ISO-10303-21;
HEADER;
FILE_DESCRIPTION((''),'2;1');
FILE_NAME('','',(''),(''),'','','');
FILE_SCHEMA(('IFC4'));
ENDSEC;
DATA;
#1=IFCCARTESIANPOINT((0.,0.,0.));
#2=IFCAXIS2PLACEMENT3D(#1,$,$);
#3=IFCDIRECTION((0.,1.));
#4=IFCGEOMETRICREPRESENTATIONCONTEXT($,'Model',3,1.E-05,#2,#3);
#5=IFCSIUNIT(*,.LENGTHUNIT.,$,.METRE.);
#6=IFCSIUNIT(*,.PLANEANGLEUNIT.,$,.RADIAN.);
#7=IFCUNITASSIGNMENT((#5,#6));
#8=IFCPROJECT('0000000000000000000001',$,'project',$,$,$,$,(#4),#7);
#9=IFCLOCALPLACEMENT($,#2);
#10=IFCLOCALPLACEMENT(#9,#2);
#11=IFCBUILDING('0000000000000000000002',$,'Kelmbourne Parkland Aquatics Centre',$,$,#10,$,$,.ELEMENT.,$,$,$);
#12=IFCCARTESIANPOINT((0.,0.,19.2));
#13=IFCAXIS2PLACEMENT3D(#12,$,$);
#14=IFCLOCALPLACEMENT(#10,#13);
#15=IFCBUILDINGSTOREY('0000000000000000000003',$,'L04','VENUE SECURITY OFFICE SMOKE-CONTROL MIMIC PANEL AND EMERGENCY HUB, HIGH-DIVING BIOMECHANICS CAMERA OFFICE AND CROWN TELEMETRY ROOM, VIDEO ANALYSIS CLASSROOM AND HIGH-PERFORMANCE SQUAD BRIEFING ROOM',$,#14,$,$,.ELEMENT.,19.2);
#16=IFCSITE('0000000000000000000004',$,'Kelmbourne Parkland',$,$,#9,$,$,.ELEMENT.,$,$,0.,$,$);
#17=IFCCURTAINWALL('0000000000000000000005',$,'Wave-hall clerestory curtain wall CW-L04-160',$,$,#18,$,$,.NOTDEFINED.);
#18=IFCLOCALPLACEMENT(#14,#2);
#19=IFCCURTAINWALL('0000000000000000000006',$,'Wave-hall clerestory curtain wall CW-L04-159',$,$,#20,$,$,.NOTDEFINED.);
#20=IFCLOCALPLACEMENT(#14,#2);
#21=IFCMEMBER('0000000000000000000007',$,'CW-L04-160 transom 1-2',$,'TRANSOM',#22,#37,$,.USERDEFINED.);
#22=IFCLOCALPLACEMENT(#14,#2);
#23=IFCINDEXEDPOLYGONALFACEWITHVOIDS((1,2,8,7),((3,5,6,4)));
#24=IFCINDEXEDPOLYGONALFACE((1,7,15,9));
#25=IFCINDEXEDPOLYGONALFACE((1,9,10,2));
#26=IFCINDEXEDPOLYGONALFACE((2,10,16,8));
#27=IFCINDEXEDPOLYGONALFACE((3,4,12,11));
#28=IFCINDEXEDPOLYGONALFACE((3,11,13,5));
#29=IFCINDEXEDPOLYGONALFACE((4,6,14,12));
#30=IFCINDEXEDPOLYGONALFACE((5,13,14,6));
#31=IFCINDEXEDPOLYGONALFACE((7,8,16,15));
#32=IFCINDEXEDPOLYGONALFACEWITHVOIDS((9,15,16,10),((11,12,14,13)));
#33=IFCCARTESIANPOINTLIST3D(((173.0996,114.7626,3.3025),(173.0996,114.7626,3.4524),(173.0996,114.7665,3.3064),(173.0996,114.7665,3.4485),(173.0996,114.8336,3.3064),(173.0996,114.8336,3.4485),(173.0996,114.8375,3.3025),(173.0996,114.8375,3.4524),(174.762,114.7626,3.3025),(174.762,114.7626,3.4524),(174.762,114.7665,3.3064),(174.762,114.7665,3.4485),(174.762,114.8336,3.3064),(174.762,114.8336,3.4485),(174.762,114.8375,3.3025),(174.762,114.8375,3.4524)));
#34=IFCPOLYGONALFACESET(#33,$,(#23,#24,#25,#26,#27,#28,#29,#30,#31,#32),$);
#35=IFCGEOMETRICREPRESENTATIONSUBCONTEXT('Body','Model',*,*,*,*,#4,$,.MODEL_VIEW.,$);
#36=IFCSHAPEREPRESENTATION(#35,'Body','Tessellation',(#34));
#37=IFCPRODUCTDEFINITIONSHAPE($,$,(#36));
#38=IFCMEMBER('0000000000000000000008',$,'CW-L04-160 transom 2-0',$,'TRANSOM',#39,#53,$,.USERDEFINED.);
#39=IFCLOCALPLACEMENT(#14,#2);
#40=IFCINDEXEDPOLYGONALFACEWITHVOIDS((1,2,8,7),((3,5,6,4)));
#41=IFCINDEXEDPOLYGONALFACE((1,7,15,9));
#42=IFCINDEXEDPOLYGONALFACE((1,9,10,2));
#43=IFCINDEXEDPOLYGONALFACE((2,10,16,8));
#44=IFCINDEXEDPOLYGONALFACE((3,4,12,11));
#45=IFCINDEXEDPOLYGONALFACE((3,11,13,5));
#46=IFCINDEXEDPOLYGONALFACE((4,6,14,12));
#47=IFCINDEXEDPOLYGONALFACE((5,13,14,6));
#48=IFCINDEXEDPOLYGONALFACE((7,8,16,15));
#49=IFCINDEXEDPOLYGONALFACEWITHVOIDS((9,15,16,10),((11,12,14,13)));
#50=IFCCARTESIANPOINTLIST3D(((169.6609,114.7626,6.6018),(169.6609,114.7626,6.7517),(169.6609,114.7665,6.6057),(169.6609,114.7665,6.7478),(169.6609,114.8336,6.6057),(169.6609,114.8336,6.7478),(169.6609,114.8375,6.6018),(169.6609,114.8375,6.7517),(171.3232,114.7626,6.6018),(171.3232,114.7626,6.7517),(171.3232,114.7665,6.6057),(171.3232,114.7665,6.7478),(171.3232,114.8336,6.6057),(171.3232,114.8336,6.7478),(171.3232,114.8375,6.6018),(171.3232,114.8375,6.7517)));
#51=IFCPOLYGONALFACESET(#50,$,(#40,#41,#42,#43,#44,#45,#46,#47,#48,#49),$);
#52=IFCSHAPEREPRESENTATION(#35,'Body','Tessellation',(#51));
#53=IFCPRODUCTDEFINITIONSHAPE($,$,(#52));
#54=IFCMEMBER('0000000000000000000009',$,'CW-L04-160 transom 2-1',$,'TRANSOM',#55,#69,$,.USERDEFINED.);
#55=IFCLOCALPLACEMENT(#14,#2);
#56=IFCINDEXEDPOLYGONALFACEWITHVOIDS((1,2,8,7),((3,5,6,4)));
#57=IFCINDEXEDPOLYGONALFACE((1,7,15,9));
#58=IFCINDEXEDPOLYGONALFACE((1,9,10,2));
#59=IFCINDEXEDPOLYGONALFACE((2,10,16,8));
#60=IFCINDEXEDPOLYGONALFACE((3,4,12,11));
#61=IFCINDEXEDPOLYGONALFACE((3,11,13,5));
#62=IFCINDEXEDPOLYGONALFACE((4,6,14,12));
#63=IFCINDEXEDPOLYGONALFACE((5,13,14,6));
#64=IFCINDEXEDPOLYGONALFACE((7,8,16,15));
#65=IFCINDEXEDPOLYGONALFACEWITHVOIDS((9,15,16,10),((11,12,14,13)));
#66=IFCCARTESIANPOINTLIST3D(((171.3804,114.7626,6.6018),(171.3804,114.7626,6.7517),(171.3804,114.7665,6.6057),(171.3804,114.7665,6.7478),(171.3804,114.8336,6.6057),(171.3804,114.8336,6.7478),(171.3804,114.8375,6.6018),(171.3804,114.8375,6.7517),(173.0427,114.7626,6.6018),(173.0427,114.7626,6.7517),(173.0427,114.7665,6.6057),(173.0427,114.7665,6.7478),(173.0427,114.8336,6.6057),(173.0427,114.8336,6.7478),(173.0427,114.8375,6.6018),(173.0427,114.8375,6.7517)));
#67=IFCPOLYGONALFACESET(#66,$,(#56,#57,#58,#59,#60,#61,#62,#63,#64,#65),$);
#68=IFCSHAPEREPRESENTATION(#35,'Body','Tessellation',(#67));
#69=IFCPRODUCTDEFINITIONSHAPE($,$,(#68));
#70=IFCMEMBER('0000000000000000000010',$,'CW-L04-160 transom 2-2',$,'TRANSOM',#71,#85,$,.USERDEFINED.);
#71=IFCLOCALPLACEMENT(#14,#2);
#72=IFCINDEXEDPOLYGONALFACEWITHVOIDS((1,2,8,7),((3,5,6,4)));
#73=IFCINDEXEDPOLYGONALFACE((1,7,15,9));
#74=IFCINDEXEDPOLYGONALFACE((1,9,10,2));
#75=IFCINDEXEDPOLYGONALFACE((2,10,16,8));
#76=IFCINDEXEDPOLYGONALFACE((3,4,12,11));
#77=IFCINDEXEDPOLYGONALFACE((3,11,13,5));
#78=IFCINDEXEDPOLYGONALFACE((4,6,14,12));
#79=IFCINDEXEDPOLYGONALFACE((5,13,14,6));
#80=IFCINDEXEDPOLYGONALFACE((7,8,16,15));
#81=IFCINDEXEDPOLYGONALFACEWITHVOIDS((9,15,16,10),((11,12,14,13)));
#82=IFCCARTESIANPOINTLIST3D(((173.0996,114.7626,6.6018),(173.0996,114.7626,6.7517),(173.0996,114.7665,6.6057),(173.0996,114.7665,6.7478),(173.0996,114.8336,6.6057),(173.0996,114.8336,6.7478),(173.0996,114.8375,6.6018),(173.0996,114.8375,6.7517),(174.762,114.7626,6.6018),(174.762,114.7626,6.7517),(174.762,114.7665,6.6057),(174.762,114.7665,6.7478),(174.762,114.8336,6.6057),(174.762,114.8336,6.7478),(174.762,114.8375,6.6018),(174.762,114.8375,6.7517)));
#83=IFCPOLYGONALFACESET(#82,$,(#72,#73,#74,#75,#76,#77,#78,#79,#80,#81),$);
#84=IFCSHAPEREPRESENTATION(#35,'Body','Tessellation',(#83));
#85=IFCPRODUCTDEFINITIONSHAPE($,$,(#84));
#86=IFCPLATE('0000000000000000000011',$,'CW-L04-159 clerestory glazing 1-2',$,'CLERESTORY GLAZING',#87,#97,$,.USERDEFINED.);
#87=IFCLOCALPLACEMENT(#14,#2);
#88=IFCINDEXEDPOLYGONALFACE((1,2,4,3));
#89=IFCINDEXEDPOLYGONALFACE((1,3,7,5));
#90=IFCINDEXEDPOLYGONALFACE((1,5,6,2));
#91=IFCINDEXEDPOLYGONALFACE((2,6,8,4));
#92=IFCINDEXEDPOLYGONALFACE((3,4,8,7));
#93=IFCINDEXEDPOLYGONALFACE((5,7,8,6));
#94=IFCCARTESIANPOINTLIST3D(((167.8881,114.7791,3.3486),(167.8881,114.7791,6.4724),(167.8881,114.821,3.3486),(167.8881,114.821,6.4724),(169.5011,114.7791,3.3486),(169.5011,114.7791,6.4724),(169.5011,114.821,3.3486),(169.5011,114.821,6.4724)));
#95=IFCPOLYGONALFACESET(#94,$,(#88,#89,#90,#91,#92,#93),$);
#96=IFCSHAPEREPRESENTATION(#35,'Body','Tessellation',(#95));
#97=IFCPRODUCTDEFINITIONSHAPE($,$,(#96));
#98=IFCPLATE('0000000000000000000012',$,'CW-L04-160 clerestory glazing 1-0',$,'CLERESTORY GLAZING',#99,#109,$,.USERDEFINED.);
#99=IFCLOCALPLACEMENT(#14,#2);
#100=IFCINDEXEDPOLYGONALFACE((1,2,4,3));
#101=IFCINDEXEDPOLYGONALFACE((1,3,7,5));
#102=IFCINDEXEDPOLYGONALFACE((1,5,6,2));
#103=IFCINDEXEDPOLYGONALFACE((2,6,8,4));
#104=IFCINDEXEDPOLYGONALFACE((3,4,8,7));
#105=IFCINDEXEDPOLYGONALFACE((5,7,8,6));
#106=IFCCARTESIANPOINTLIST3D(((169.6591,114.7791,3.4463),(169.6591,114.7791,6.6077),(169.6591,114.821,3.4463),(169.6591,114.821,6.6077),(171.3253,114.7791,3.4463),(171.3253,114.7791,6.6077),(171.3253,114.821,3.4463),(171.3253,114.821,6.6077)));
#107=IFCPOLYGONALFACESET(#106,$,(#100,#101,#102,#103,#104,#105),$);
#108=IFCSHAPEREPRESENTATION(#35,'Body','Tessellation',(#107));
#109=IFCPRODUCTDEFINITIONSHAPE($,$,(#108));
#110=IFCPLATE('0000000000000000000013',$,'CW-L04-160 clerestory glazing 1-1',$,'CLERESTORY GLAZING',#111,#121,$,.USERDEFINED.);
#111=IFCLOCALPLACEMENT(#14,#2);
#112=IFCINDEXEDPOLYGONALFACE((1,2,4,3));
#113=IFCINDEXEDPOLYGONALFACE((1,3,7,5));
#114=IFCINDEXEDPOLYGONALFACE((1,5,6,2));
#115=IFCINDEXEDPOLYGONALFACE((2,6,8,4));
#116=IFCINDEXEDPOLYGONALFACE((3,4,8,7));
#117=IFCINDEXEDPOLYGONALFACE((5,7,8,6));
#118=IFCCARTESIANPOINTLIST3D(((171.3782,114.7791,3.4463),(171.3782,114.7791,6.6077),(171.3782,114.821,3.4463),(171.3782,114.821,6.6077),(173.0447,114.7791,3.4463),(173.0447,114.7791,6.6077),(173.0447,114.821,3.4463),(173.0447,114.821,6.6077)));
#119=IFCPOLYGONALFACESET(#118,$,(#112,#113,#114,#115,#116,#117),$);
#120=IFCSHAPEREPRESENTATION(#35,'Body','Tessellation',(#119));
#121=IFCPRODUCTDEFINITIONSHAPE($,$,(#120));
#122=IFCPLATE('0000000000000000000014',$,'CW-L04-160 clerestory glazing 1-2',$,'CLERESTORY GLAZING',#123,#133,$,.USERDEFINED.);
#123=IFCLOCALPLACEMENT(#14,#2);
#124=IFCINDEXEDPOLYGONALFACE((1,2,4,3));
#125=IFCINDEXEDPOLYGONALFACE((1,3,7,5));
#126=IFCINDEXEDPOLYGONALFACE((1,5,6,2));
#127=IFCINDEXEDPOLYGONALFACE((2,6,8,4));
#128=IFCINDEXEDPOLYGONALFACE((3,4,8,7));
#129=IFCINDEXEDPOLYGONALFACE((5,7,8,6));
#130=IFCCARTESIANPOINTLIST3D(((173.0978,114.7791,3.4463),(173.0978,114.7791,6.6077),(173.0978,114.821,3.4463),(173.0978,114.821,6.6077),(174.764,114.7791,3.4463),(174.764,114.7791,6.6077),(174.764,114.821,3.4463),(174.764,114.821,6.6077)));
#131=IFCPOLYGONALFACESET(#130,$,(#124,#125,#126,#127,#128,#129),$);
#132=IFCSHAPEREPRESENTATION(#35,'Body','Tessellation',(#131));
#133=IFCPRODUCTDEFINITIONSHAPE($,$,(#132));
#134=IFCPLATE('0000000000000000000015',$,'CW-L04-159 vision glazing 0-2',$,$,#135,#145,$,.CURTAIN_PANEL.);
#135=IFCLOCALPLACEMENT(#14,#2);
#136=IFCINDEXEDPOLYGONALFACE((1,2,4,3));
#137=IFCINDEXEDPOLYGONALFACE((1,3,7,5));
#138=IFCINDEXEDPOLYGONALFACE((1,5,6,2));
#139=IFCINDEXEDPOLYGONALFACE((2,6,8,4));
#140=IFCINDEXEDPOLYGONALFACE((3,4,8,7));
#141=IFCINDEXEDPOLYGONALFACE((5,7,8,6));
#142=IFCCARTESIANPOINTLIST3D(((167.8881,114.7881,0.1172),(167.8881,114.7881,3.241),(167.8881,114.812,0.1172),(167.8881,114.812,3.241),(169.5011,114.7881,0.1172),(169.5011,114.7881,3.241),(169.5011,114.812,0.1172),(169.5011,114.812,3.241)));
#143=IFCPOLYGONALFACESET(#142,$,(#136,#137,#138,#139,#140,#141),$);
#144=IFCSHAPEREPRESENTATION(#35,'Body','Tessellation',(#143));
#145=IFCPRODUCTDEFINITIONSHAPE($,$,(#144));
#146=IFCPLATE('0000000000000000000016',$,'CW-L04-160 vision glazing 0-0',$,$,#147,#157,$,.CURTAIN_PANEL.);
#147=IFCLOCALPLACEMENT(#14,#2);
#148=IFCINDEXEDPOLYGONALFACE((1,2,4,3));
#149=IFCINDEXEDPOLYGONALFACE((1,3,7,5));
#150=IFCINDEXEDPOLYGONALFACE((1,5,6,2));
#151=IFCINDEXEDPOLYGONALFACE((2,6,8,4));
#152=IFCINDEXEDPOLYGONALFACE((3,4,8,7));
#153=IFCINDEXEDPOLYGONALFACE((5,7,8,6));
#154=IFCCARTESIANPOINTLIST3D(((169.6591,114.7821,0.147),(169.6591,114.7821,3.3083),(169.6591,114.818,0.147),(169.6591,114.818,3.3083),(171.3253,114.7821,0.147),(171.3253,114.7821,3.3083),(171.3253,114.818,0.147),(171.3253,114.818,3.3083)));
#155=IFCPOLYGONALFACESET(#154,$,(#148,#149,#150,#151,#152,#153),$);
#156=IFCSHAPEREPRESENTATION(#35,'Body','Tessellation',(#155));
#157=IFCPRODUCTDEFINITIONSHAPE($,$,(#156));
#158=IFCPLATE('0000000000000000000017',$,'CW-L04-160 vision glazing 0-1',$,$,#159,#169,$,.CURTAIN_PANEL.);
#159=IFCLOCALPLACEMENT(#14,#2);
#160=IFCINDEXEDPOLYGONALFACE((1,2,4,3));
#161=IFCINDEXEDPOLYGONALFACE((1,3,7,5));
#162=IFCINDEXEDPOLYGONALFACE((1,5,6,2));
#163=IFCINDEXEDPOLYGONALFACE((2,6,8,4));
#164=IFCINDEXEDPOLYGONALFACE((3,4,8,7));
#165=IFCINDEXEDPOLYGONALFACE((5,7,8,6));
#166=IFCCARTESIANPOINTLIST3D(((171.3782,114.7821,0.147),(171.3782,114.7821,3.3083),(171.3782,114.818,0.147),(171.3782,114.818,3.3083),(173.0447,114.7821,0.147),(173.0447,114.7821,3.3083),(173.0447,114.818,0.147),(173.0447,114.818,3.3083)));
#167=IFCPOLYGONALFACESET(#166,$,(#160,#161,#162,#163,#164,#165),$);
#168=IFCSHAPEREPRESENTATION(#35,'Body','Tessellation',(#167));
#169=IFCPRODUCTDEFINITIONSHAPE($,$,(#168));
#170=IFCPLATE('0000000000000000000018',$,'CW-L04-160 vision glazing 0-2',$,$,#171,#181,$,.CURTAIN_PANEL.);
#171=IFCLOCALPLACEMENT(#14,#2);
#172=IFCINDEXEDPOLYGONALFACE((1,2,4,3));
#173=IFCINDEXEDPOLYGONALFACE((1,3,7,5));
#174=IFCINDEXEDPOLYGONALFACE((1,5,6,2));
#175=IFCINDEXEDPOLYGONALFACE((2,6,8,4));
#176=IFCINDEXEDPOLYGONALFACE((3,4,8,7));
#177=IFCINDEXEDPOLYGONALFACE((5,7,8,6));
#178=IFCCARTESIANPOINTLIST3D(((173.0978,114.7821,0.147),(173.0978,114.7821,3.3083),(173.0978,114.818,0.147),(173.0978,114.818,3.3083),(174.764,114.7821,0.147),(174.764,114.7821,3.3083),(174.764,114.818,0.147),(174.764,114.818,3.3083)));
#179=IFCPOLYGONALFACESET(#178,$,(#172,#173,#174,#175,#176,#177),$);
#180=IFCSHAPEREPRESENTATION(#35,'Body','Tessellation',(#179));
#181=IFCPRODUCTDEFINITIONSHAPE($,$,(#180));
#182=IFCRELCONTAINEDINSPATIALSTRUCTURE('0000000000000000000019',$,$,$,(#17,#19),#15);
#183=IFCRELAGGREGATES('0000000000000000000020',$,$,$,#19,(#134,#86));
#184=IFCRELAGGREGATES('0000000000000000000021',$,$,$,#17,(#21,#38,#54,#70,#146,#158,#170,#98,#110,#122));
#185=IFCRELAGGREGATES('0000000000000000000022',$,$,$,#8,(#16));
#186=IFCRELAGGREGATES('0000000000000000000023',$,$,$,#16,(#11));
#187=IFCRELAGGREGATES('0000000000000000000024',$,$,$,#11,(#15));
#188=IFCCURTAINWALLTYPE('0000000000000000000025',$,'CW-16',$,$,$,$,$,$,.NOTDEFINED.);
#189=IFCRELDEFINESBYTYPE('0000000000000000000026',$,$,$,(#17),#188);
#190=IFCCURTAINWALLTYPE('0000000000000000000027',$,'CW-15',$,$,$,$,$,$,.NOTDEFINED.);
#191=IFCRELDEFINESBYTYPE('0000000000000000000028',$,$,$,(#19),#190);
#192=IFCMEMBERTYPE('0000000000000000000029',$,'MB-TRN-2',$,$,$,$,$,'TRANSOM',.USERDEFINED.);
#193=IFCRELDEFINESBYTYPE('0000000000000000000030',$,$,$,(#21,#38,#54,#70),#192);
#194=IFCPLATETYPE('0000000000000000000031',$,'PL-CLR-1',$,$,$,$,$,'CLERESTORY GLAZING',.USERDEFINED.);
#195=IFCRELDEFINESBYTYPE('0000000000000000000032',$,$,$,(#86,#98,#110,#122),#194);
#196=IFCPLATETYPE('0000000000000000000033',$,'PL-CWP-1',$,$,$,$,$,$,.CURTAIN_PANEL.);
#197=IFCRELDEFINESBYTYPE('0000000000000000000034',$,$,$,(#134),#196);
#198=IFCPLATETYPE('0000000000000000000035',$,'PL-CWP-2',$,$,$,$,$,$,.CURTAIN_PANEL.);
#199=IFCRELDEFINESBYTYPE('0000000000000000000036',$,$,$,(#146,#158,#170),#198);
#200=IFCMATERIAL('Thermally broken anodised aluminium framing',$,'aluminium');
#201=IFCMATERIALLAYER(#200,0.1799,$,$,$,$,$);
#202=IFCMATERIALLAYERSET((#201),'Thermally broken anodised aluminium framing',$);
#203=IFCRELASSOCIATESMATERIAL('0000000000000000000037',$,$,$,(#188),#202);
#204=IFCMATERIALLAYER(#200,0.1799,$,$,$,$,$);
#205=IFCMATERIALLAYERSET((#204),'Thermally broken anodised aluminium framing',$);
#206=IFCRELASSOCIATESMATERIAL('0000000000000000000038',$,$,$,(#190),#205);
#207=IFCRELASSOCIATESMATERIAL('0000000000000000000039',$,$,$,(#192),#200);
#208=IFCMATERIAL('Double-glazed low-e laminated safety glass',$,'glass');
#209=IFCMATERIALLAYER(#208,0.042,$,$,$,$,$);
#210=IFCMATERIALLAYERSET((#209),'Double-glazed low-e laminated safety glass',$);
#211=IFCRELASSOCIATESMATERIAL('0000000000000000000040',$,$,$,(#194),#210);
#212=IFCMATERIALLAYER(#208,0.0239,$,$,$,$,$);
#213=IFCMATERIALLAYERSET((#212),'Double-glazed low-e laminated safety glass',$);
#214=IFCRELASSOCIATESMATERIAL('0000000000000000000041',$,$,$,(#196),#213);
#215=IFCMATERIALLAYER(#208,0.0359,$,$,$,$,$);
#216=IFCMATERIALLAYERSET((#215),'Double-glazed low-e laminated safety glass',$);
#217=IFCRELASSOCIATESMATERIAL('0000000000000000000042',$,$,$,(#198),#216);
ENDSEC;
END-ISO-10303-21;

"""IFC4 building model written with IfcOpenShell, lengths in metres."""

from ifc_helpers import new_model, si_unit, direction, frame, origin, origin_2d, place, context, subcontext, project, spatial, rectangle, hollow_rectangle, extrude, material, layer, layer_set, material_profile, profile_set, type_object, element, aggregate, save


model = new_model("IFC4")

# Units and contexts
model_context = context("Model", 3, precision=1e-05, world=origin(), true_north=direction((0.0, 1.0)))
body_context = subcontext(model_context, "Body", "Model", "MODEL_VIEW")
ifc_project = project(units=[si_unit("LENGTHUNIT", "METRE"), si_unit("PLANEANGLEUNIT", "RADIAN")], contexts=[model_context])

# Site, building, storey
site_placement = place(None, origin())
site = spatial("IfcSite", under=ifc_project, at=site_placement, Name="Kelmbourne Parkland", CompositionType="ELEMENT", RefElevation=0.0)
building_placement = place(site_placement, origin())
building = spatial("IfcBuilding", under=site, at=building_placement, Name="Kelmbourne Parkland Aquatics Centre", CompositionType="ELEMENT")
storey_placement = place(building_placement, frame((0.0, 0.0, 19.2)))
storey = spatial("IfcBuildingStorey", under=building, at=storey_placement, Name="L04", Description="VENUE SECURITY OFFICE SMOKE-CONTROL MIMIC PANEL AND EMERGENCY HUB, HIGH-DIVING BIOMECHANICS CAMERA OFFICE AND CROWN TELEMETRY ROOM, VIDEO ANALYSIS CLASSROOM AND HIGH-PERFORMANCE SQUAD BRIEFING ROOM", CompositionType="ELEMENT", Elevation=19.2)

# Curtain walls
ifc_material_1 = material(Name="Thermally broken anodised aluminium framing", Category="aluminium")
ifc_layer_1 = layer(ifc_material_1, 0.1799)
ifc_layer_set_1 = layer_set([ifc_layer_1], Name="Thermally broken anodised aluminium framing")
curtain_wall_type_1 = type_object("IfcCurtainWallType", Name="CW-16", PredefinedType="NOTDEFINED", material=ifc_layer_set_1)
curtain_wall_1_placement = place(storey_placement, origin())
curtain_wall_1 = element("IfcCurtainWall", 1, at=curtain_wall_1_placement, inside=storey, type_object=curtain_wall_type_1, Name="Wave-hall clerestory curtain wall CW-L04-160", PredefinedType="NOTDEFINED")
ifc_layer_2 = layer(ifc_material_1, 0.1799)
ifc_layer_set_2 = layer_set([ifc_layer_2], Name="Thermally broken anodised aluminium framing")
curtain_wall_type_2 = type_object("IfcCurtainWallType", Name="CW-15", PredefinedType="NOTDEFINED", material=ifc_layer_set_2)
curtain_wall_2_placement = place(storey_placement, origin())
curtain_wall_2 = element("IfcCurtainWall", 2, at=curtain_wall_2_placement, inside=storey, type_object=curtain_wall_type_2, Name="Wave-hall clerestory curtain wall CW-L04-159", PredefinedType="NOTDEFINED")

# Members
ifc_material_profile_1 = material_profile(ifc_material_1, hollow_rectangle(XDim=0.075, YDim=0.1499, WallThickness=0.0039, at=origin_2d()), Name="CW-T 75x150")
ifc_profile_set_1 = profile_set([ifc_material_profile_1], Name="Thermally broken anodised aluminium framing")
member_type_1 = type_object("IfcMemberType", Name="MB-TRN-2", ElementType="TRANSOM", PredefinedType="USERDEFINED", material=ifc_profile_set_1)
member_1_placement = place(storey_placement, frame((173.0996, 114.8, 3.3774), z_axis=(1.0, 0.0, 0.0), x_axis=(0.0, 1.0, 0.0)))
member_1 = element("IfcMember", 3, at=member_1_placement, type_object=member_type_1, Name="CW-L04-160 transom 1-2", ObjectType="TRANSOM", PredefinedType="USERDEFINED", context=body_context, shape_type="SweptSolid", body=[
    extrude(hollow_rectangle(XDim=0.075, YDim=0.1499, WallThickness=0.0039, at=origin_2d()), origin(), (0.0, 0.0, 1.0), 1.6624),
])
member_2_placement = place(storey_placement, frame((169.6609, 114.8, 6.6768), z_axis=(1.0, 0.0, 0.0), x_axis=(0.0, 1.0, 0.0)))
member_2 = element("IfcMember", 4, at=member_2_placement, type_object=member_type_1, Name="CW-L04-160 transom 2-0", ObjectType="TRANSOM", PredefinedType="USERDEFINED", context=body_context, shape_type="SweptSolid", body=[
    extrude(hollow_rectangle(XDim=0.075, YDim=0.1499, WallThickness=0.0039, at=origin_2d()), origin(), (0.0, 0.0, 1.0), 1.6624),
])
member_3_placement = place(storey_placement, frame((171.3804, 114.8, 6.6768), z_axis=(1.0, 0.0, 0.0), x_axis=(0.0, 1.0, 0.0)))
member_3 = element("IfcMember", 5, at=member_3_placement, type_object=member_type_1, Name="CW-L04-160 transom 2-1", ObjectType="TRANSOM", PredefinedType="USERDEFINED", context=body_context, shape_type="SweptSolid", body=[
    extrude(hollow_rectangle(XDim=0.075, YDim=0.1499, WallThickness=0.0039, at=origin_2d()), origin(), (0.0, 0.0, 1.0), 1.6624),
])
member_4_placement = place(storey_placement, frame((173.0996, 114.8, 6.6768), z_axis=(1.0, 0.0, 0.0), x_axis=(0.0, 1.0, 0.0)))
member_4 = element("IfcMember", 6, at=member_4_placement, type_object=member_type_1, Name="CW-L04-160 transom 2-2", ObjectType="TRANSOM", PredefinedType="USERDEFINED", context=body_context, shape_type="SweptSolid", body=[
    extrude(hollow_rectangle(XDim=0.075, YDim=0.1499, WallThickness=0.0039, at=origin_2d()), origin(), (0.0, 0.0, 1.0), 1.6624),
])

# Plates
ifc_material_2 = material(Name="Double-glazed low-e laminated safety glass", Category="glass")
ifc_layer_3 = layer(ifc_material_2, 0.042)
ifc_layer_set_3 = layer_set([ifc_layer_3], Name="Double-glazed low-e laminated safety glass")
plate_type_1 = type_object("IfcPlateType", Name="PL-CLR-1", ElementType="CLERESTORY GLAZING", PredefinedType="USERDEFINED", material=ifc_layer_set_3)
plate_1_placement = place(storey_placement, frame((168.6946, 114.8, 3.3486), z_axis=(0.0, 0.0, 1.0), x_axis=(1.0, 0.0, 0.0)))
plate_1 = element("IfcPlate", 7, at=plate_1_placement, type_object=plate_type_1, Name="CW-L04-159 clerestory glazing 1-2", ObjectType="CLERESTORY GLAZING", PredefinedType="USERDEFINED", context=body_context, shape_type="SweptSolid", body=[
    extrude(rectangle(XDim=1.613, YDim=0.042, at=origin_2d()), origin(), (0.0, 0.0, 1.0), 3.1238),
])
plate_2_placement = place(storey_placement, frame((170.4922, 114.8, 3.4463), z_axis=(0.0, 0.0, 1.0), x_axis=(1.0, 0.0, 0.0)))
plate_2 = element("IfcPlate", 8, at=plate_2_placement, type_object=plate_type_1, Name="CW-L04-160 clerestory glazing 1-0", ObjectType="CLERESTORY GLAZING", PredefinedType="USERDEFINED", context=body_context, shape_type="SweptSolid", body=[
    extrude(rectangle(XDim=1.6663, YDim=0.042, at=origin_2d()), origin(), (0.0, 0.0, 1.0), 3.1614),
])
plate_3_placement = place(storey_placement, frame((172.2114, 114.8, 3.4463), z_axis=(0.0, 0.0, 1.0), x_axis=(1.0, 0.0, 0.0)))
plate_3 = element("IfcPlate", 9, at=plate_3_placement, type_object=plate_type_1, Name="CW-L04-160 clerestory glazing 1-1", ObjectType="CLERESTORY GLAZING", PredefinedType="USERDEFINED", context=body_context, shape_type="SweptSolid", body=[
    extrude(rectangle(XDim=1.6665, YDim=0.042, at=origin_2d()), origin(), (0.0, 0.0, 1.0), 3.1614),
])
plate_4_placement = place(storey_placement, frame((173.9309, 114.8, 3.4463), z_axis=(0.0, 0.0, 1.0), x_axis=(1.0, 0.0, 0.0)))
plate_4 = element("IfcPlate", 10, at=plate_4_placement, type_object=plate_type_1, Name="CW-L04-160 clerestory glazing 1-2", ObjectType="CLERESTORY GLAZING", PredefinedType="USERDEFINED", context=body_context, shape_type="SweptSolid", body=[
    extrude(rectangle(XDim=1.6663, YDim=0.042, at=origin_2d()), origin(), (0.0, 0.0, 1.0), 3.1614),
])
ifc_layer_4 = layer(ifc_material_2, 0.0239)
ifc_layer_set_4 = layer_set([ifc_layer_4], Name="Double-glazed low-e laminated safety glass")
plate_type_2 = type_object("IfcPlateType", Name="PL-CWP-1", PredefinedType="CURTAIN_PANEL", material=ifc_layer_set_4)
plate_5_placement = place(storey_placement, frame((168.6946, 114.8, 0.1172), z_axis=(0.0, 0.0, 1.0), x_axis=(1.0, 0.0, 0.0)))
plate_5 = element("IfcPlate", 11, at=plate_5_placement, type_object=plate_type_2, Name="CW-L04-159 vision glazing 0-2", PredefinedType="CURTAIN_PANEL", context=body_context, shape_type="SweptSolid", body=[
    extrude(rectangle(XDim=1.613, YDim=0.0239, at=origin_2d()), origin(), (0.0, 0.0, 1.0), 3.1238),
])
aggregate(curtain_wall_2, [plate_5, plate_1])
ifc_layer_5 = layer(ifc_material_2, 0.0359)
ifc_layer_set_5 = layer_set([ifc_layer_5], Name="Double-glazed low-e laminated safety glass")
plate_type_3 = type_object("IfcPlateType", Name="PL-CWP-2", PredefinedType="CURTAIN_PANEL", material=ifc_layer_set_5)
plate_6_placement = place(storey_placement, frame((170.4922, 114.8, 0.147), z_axis=(0.0, 0.0, 1.0), x_axis=(1.0, 0.0, 0.0)))
plate_6 = element("IfcPlate", 12, at=plate_6_placement, type_object=plate_type_3, Name="CW-L04-160 vision glazing 0-0", PredefinedType="CURTAIN_PANEL", context=body_context, shape_type="SweptSolid", body=[
    extrude(rectangle(XDim=1.6663, YDim=0.0359, at=origin_2d()), origin(), (0.0, 0.0, 1.0), 3.1614),
])
plate_7_placement = place(storey_placement, frame((172.2114, 114.8, 0.147), z_axis=(0.0, 0.0, 1.0), x_axis=(1.0, 0.0, 0.0)))
plate_7 = element("IfcPlate", 13, at=plate_7_placement, type_object=plate_type_3, Name="CW-L04-160 vision glazing 0-1", PredefinedType="CURTAIN_PANEL", context=body_context, shape_type="SweptSolid", body=[
    extrude(rectangle(XDim=1.6665, YDim=0.0359, at=origin_2d()), origin(), (0.0, 0.0, 1.0), 3.1614),
])
plate_8_placement = place(storey_placement, frame((173.9309, 114.8, 0.147), z_axis=(0.0, 0.0, 1.0), x_axis=(1.0, 0.0, 0.0)))
plate_8 = element("IfcPlate", 14, at=plate_8_placement, type_object=plate_type_3, Name="CW-L04-160 vision glazing 0-2", PredefinedType="CURTAIN_PANEL", context=body_context, shape_type="SweptSolid", body=[
    extrude(rectangle(XDim=1.6663, YDim=0.0359, at=origin_2d()), origin(), (0.0, 0.0, 1.0), 3.1614),
])
aggregate(curtain_wall_1, [member_1, member_2, member_3, member_4, plate_6, plate_7, plate_8, plate_2, plate_3, plate_4])

save(model, "model.ifc")
